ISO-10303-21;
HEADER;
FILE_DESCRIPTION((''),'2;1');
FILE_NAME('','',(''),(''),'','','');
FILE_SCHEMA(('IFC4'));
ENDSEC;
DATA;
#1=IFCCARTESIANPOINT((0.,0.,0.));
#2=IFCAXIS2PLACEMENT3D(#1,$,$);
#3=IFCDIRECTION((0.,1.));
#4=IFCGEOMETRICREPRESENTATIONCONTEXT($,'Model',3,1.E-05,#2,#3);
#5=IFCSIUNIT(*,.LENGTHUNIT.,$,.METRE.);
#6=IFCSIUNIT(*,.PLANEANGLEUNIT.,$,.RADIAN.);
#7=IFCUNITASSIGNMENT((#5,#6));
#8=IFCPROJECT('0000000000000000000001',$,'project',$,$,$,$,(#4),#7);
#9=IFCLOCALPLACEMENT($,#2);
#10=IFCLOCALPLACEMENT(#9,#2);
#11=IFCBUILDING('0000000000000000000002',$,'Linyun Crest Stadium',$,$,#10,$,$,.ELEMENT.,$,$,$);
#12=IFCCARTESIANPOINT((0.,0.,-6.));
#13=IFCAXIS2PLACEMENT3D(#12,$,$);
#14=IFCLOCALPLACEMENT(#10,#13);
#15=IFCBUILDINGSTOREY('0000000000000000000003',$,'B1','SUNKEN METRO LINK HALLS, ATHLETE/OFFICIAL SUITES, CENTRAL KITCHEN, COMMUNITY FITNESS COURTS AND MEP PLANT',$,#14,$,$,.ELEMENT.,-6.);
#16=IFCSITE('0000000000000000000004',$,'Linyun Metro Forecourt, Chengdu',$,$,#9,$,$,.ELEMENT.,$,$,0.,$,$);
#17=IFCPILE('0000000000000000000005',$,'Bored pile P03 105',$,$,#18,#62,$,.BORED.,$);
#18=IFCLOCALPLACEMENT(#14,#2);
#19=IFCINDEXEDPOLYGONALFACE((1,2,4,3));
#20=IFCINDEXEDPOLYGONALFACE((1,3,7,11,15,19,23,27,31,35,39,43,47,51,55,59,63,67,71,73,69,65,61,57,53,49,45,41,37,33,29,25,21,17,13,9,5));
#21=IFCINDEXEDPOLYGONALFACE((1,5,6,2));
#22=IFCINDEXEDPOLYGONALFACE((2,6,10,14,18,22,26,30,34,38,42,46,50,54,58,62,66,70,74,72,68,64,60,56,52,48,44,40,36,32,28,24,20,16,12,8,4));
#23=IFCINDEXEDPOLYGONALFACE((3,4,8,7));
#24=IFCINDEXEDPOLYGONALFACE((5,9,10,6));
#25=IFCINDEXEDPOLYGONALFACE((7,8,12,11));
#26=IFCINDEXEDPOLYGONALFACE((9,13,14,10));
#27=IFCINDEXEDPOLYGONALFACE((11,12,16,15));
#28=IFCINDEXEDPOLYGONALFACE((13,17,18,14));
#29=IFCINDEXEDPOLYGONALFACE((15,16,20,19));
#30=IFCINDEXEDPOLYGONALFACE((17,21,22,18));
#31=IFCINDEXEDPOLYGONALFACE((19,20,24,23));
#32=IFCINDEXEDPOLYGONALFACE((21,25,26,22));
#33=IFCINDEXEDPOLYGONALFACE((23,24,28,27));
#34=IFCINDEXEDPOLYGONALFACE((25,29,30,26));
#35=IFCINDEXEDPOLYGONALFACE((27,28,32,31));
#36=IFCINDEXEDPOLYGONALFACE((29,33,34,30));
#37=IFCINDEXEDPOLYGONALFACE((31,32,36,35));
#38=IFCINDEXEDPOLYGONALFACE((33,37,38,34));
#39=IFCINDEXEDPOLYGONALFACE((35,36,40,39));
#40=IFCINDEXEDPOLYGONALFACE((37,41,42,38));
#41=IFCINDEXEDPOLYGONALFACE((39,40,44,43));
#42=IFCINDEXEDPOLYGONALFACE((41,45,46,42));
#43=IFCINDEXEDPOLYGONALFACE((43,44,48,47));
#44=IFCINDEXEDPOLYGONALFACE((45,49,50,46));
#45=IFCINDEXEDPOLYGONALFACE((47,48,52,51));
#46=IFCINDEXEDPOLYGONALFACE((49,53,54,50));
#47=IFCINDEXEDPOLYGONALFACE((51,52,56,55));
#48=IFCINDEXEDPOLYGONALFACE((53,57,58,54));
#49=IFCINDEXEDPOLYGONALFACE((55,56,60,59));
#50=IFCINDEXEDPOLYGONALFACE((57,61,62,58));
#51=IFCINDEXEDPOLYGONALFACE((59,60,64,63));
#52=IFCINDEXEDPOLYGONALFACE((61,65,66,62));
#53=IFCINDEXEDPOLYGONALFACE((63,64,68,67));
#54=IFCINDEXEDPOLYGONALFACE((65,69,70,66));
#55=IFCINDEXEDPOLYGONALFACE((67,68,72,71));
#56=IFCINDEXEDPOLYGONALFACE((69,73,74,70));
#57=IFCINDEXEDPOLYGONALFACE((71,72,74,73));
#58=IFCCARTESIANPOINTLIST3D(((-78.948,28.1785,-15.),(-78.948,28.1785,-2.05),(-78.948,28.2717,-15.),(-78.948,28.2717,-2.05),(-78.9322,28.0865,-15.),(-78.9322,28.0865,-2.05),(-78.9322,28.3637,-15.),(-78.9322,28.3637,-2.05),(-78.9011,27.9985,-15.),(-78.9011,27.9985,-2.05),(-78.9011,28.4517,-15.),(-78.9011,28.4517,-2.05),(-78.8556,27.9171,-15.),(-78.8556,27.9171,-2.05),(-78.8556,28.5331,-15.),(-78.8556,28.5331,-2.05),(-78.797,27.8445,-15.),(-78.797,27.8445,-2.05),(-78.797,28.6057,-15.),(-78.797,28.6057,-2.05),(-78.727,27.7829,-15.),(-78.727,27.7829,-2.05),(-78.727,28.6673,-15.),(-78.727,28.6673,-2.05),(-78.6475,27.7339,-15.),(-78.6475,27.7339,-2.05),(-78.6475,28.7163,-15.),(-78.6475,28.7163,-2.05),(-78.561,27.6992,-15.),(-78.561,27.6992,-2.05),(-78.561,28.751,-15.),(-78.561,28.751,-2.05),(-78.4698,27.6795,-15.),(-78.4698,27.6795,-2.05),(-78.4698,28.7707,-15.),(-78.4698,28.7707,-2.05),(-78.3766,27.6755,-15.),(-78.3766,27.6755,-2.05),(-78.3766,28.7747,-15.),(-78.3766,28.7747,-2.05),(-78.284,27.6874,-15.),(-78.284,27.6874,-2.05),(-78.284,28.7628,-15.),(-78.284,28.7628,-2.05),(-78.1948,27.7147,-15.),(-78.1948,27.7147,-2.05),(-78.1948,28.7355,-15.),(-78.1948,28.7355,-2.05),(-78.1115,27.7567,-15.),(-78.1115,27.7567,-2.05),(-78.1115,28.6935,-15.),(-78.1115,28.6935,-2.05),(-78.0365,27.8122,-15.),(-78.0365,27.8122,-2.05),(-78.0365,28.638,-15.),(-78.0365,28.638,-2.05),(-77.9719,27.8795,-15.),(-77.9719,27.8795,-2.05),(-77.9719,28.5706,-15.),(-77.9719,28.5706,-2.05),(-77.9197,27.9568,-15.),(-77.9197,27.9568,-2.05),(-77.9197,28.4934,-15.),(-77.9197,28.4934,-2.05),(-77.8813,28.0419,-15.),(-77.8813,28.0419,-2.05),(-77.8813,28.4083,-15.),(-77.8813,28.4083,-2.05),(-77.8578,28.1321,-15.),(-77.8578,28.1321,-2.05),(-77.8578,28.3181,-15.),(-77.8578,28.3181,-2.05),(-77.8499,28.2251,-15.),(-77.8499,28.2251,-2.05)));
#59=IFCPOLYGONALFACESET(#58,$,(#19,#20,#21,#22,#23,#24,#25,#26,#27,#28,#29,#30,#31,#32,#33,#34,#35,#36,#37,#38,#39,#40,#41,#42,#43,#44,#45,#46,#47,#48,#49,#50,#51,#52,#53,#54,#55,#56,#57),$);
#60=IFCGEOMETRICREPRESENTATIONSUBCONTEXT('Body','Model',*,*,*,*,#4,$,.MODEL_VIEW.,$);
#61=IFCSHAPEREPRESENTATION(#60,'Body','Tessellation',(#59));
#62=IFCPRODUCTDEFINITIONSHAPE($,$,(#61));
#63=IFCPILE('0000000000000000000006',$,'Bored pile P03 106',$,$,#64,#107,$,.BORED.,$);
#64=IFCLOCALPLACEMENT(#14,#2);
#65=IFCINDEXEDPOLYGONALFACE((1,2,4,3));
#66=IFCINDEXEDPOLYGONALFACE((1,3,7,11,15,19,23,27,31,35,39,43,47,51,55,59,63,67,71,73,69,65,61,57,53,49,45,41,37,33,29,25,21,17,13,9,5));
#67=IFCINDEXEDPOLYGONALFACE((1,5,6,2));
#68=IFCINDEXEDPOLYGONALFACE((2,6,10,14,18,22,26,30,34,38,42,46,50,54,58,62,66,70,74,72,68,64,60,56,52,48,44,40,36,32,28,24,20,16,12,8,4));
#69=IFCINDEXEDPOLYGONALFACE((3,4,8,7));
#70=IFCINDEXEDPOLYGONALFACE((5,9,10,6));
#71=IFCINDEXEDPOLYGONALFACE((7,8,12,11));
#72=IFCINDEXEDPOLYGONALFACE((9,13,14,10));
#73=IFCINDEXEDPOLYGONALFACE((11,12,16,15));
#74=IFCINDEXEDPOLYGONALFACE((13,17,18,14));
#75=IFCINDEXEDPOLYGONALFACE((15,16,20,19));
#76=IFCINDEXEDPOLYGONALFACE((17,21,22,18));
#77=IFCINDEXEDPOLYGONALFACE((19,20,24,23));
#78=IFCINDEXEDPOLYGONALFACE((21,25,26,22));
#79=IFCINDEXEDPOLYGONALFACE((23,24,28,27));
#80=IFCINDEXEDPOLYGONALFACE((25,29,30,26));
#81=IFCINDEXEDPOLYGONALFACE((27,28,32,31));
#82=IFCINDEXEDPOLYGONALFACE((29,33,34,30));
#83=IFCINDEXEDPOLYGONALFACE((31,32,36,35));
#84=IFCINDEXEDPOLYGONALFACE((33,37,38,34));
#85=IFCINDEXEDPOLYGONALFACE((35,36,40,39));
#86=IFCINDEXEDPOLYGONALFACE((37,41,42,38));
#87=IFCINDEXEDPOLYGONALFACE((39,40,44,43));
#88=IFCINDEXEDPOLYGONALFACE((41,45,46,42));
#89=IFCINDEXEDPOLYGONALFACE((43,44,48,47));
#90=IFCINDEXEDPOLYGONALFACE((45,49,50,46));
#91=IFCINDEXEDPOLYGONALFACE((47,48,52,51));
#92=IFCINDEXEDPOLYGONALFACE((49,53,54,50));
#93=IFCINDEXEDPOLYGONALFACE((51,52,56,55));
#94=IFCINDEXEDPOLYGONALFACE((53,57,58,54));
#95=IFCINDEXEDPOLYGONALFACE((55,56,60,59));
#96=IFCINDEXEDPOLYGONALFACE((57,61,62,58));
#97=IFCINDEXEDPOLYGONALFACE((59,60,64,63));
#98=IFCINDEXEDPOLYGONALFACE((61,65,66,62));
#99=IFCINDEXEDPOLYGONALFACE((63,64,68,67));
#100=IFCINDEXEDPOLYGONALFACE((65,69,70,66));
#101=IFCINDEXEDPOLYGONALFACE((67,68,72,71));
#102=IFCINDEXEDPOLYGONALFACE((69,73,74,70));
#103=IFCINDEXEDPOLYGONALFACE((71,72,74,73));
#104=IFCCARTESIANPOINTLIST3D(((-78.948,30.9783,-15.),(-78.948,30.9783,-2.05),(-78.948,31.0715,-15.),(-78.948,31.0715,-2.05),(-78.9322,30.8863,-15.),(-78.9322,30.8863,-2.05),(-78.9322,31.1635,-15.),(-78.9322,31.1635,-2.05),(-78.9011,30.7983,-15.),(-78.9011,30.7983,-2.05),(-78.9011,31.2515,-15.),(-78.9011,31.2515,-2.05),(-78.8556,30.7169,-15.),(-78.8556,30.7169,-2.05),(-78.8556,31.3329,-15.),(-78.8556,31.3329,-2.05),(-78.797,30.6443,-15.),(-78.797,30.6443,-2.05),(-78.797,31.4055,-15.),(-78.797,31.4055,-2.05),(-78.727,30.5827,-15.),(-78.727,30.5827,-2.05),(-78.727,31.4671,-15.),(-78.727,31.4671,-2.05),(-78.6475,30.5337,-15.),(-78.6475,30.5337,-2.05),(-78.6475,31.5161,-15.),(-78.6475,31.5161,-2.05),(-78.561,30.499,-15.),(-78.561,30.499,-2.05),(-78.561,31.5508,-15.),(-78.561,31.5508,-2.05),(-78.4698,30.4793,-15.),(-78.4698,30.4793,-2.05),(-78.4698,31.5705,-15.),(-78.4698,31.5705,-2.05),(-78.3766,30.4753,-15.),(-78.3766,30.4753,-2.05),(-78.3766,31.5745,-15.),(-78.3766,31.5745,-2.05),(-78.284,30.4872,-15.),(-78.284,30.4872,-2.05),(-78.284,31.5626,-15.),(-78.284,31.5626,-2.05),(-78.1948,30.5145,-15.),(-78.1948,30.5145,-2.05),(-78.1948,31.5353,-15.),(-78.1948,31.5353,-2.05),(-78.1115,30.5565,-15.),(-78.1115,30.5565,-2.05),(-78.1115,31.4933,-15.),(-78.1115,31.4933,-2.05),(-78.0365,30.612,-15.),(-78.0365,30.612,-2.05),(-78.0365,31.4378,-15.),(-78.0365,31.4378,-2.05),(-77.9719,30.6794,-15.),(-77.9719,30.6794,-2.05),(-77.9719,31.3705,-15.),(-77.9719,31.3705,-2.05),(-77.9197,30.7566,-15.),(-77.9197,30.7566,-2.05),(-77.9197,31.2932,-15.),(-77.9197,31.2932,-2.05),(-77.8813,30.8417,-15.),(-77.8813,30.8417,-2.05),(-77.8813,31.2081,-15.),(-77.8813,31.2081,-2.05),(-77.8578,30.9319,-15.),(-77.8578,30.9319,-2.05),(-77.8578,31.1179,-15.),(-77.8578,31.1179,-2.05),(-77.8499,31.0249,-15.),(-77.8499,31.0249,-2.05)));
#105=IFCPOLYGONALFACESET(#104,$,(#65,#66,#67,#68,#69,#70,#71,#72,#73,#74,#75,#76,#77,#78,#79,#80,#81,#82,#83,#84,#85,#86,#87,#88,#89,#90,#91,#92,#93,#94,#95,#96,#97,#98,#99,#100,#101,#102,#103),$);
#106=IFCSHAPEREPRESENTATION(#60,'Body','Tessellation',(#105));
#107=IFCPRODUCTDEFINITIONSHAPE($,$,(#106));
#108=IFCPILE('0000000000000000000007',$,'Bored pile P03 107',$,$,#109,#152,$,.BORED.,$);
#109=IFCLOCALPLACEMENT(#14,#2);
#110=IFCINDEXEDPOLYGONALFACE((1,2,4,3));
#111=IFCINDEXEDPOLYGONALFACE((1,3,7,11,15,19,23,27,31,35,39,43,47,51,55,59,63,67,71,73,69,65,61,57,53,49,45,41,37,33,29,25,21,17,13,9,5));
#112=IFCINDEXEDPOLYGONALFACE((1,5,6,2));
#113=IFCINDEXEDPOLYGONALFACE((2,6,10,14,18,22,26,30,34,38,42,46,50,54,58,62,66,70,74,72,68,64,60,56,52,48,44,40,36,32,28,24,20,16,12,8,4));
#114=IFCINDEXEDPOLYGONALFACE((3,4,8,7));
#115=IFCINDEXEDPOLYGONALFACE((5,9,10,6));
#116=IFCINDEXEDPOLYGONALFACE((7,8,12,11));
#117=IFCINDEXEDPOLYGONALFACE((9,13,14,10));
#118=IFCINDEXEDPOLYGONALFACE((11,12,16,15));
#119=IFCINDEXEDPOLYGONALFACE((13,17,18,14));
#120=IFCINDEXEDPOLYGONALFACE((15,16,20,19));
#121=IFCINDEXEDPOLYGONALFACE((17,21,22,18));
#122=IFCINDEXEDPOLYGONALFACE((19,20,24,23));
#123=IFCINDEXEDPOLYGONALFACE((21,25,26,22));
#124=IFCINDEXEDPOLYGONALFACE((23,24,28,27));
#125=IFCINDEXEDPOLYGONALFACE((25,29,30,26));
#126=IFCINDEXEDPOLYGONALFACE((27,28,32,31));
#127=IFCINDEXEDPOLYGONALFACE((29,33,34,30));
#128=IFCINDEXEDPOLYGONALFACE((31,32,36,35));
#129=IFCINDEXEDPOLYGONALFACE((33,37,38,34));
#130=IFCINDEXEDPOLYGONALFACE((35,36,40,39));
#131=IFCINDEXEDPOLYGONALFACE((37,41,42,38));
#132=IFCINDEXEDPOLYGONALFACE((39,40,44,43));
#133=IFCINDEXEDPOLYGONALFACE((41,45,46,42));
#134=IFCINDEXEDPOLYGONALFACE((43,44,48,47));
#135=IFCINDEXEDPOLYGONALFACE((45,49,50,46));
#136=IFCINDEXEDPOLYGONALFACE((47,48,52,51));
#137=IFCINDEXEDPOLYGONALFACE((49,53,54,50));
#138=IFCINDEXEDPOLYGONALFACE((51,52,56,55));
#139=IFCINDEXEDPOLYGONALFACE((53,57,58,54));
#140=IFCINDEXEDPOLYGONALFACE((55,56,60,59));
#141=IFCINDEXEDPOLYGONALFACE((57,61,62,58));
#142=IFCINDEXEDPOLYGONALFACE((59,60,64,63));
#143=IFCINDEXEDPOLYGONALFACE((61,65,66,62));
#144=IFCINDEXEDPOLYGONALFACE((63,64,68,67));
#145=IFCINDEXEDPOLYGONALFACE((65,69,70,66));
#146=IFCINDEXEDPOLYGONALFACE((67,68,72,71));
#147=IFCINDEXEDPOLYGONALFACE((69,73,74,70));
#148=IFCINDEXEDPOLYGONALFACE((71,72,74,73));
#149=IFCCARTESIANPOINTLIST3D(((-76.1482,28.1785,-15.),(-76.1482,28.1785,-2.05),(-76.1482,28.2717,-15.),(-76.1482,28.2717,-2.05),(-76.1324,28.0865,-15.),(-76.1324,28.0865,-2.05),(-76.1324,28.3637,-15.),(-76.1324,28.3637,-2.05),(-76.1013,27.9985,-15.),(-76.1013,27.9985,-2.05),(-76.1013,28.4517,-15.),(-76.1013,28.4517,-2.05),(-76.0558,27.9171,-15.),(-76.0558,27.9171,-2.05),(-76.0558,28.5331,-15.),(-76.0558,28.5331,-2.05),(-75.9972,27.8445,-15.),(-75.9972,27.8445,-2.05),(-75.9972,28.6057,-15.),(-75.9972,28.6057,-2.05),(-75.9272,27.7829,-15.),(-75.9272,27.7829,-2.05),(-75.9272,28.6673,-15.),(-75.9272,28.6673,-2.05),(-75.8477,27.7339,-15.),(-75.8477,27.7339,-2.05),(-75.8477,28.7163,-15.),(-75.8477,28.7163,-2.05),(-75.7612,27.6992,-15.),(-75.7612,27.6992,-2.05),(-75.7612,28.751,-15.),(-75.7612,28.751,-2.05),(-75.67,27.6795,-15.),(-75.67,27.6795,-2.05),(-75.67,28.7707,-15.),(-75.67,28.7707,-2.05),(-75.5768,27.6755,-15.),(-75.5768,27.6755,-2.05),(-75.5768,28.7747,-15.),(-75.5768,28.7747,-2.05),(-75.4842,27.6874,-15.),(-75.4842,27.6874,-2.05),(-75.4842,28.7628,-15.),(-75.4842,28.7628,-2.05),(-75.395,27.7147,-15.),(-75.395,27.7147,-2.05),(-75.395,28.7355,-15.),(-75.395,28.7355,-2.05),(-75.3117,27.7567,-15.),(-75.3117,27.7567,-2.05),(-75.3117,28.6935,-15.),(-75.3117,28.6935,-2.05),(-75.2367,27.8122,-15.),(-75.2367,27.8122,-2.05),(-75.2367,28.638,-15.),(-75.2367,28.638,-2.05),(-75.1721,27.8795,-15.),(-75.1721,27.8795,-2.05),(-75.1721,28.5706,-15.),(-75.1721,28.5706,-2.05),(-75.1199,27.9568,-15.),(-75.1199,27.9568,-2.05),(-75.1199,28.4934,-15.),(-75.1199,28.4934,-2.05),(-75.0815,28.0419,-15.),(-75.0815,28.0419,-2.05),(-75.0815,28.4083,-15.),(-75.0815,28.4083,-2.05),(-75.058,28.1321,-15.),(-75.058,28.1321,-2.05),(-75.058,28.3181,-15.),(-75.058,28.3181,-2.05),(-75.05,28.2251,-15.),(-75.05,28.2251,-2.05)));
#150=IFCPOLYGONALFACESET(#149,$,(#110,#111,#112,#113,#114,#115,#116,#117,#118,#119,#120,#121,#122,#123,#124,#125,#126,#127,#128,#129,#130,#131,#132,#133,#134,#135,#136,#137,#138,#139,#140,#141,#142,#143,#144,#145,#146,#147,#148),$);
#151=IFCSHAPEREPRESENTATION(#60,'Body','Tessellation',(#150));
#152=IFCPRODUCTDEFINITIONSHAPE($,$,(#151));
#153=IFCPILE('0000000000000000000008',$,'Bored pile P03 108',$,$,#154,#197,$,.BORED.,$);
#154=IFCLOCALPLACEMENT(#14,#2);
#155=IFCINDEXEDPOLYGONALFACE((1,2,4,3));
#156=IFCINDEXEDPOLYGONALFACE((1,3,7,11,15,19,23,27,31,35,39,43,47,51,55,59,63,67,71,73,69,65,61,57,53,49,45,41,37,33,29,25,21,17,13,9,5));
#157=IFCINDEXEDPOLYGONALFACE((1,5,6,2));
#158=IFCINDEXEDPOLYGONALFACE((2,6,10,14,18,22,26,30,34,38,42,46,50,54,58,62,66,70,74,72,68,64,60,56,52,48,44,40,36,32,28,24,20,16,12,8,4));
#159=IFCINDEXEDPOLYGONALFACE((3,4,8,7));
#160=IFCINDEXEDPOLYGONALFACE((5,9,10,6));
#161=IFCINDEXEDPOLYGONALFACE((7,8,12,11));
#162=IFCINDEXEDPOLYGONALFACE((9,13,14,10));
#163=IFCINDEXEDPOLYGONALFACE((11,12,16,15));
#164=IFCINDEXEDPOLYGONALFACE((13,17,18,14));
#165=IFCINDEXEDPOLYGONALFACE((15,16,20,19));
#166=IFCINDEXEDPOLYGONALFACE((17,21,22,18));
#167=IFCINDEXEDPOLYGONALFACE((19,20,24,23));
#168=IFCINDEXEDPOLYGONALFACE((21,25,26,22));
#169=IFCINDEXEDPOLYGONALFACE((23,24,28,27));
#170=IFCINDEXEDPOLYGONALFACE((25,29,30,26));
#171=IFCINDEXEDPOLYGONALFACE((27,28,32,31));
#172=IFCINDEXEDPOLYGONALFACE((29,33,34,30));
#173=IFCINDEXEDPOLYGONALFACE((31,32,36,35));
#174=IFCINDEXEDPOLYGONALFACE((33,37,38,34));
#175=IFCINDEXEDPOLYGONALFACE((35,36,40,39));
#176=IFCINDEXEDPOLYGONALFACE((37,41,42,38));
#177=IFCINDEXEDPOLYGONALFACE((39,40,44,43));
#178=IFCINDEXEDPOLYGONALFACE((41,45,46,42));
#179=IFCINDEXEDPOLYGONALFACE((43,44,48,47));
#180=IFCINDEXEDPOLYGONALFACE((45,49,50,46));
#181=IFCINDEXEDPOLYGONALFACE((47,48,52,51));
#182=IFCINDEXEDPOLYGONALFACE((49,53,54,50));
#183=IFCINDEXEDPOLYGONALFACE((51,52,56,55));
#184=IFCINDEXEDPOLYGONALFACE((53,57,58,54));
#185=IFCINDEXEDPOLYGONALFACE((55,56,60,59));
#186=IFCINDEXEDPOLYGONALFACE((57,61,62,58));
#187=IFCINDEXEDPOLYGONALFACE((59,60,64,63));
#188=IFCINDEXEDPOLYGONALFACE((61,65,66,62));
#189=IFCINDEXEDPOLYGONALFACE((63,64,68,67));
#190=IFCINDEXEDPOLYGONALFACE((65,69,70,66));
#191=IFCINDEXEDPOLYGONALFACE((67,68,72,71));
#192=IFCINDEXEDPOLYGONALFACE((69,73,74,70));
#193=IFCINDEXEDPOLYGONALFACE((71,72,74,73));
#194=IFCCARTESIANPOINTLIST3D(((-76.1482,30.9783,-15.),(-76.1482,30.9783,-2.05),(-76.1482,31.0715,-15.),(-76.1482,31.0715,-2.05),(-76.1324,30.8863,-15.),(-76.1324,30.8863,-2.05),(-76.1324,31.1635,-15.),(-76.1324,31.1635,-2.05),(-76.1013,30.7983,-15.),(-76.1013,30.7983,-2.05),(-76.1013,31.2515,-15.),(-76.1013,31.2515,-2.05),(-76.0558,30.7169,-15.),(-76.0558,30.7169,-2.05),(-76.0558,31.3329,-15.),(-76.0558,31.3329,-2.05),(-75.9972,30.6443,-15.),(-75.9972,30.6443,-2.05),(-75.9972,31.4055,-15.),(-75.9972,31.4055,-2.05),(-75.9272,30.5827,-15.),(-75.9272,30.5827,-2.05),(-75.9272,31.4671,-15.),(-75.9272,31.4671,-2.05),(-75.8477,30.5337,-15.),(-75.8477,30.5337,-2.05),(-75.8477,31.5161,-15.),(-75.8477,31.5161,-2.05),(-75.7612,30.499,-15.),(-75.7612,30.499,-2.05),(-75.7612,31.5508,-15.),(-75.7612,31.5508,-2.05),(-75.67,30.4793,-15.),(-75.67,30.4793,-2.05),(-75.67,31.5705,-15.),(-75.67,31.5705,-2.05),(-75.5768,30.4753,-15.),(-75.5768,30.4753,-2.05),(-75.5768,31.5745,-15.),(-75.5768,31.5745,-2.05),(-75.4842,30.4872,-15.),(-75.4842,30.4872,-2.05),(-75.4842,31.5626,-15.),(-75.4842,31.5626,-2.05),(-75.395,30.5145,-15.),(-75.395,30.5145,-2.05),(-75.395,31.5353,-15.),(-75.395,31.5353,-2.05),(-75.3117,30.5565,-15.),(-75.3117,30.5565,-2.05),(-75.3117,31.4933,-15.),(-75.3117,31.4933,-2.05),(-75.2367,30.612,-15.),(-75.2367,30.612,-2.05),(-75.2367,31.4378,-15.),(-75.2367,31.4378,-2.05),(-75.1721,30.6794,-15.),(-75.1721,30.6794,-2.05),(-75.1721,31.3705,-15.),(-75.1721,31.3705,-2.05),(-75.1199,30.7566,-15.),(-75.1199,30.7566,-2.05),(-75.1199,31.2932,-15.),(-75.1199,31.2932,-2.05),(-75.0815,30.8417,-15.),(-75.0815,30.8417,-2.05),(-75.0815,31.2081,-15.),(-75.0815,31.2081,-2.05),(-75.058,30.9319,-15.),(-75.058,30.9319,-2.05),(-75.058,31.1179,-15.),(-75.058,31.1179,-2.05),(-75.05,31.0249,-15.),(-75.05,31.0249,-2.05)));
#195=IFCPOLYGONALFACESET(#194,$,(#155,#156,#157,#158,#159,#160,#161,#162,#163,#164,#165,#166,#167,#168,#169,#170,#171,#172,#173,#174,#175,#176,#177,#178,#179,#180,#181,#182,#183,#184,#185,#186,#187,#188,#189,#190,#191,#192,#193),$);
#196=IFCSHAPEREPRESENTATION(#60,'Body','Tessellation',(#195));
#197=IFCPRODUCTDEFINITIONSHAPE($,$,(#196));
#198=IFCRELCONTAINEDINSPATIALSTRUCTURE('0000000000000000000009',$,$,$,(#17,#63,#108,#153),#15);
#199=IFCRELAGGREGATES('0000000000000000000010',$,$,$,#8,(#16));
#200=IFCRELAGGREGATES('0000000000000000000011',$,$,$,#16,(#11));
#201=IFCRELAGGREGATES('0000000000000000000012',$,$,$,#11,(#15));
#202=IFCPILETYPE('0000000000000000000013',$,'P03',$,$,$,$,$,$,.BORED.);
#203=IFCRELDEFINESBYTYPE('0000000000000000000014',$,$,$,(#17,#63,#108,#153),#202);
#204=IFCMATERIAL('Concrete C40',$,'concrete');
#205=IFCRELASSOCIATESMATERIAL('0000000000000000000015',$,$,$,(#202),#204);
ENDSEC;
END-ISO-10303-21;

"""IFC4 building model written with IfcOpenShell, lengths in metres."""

from ifc_helpers import new_model, si_unit, direction, frame, origin, origin_2d, place, context, subcontext, project, spatial, circle, extrude, material, material_profile, profile_set, type_object, element, save


model = new_model("IFC4")

# Units and contexts
model_context = context("Model", 3, precision=1e-05, world=origin(), true_north=direction((0.0, 1.0)))
body_context = subcontext(model_context, "Body", "Model", "MODEL_VIEW")
ifc_project = project(units=[si_unit("LENGTHUNIT", "METRE"), si_unit("PLANEANGLEUNIT", "RADIAN")], contexts=[model_context])

# Site, building, storey
site_placement = place(None, origin())
site = spatial("IfcSite", under=ifc_project, at=site_placement, Name="Linyun Metro Forecourt, Chengdu", CompositionType="ELEMENT", RefElevation=0.0)
building_placement = place(site_placement, origin())
building = spatial("IfcBuilding", under=site, at=building_placement, Name="Linyun Crest Stadium", CompositionType="ELEMENT")
storey_placement = place(building_placement, frame((0.0, 0.0, -6.0)))
storey = spatial("IfcBuildingStorey", under=building, at=storey_placement, Name="B1", Description="SUNKEN METRO LINK HALLS, ATHLETE/OFFICIAL SUITES, CENTRAL KITCHEN, COMMUNITY FITNESS COURTS AND MEP PLANT", CompositionType="ELEMENT", Elevation=-6.0)

# Piles
ifc_material_1 = material(Name="Concrete C40", Category="concrete")
ifc_material_profile_1 = material_profile(ifc_material_1, circle(Radius=0.55, at=origin_2d()), Name="BORED PILE 1100")
ifc_profile_set_1 = profile_set([ifc_material_profile_1], Name="Concrete C40")
pile_type_1 = type_object("IfcPileType", Name="P03", PredefinedType="BORED", material=ifc_profile_set_1)
for number, where, z_axis, x_axis, name in (
    (1, (-78.3999, 28.2251, -2.05), (0.0, 0.0, -1.0), (1.0, 0.0, 0.0), "Bored pile P03 105"),
    (2, (-78.3999, 31.0249, -2.05), (0.0, 0.0, -1.0), (1.0, 0.0, 0.0), "Bored pile P03 106"),
    (3, (-75.6001, 28.2251, -2.05), (0.0, 0.0, -1.0), (1.0, 0.0, 0.0), "Bored pile P03 107"),
    (4, (-75.6001, 31.0249, -2.05), (0.0, 0.0, -1.0), (1.0, 0.0, 0.0), "Bored pile P03 108"),
):
    element("IfcPile", number, at=place(storey_placement, frame(where, z_axis=z_axis, x_axis=x_axis)), inside=storey, type_object=pile_type_1, Name=name, PredefinedType="BORED", context=body_context, shape_type="SweptSolid", body=[
        extrude(circle(Radius=0.55, at=origin_2d()), origin(), (0.0, 0.0, 1.0), 12.95),
    ])

save(model, "model.ifc")
